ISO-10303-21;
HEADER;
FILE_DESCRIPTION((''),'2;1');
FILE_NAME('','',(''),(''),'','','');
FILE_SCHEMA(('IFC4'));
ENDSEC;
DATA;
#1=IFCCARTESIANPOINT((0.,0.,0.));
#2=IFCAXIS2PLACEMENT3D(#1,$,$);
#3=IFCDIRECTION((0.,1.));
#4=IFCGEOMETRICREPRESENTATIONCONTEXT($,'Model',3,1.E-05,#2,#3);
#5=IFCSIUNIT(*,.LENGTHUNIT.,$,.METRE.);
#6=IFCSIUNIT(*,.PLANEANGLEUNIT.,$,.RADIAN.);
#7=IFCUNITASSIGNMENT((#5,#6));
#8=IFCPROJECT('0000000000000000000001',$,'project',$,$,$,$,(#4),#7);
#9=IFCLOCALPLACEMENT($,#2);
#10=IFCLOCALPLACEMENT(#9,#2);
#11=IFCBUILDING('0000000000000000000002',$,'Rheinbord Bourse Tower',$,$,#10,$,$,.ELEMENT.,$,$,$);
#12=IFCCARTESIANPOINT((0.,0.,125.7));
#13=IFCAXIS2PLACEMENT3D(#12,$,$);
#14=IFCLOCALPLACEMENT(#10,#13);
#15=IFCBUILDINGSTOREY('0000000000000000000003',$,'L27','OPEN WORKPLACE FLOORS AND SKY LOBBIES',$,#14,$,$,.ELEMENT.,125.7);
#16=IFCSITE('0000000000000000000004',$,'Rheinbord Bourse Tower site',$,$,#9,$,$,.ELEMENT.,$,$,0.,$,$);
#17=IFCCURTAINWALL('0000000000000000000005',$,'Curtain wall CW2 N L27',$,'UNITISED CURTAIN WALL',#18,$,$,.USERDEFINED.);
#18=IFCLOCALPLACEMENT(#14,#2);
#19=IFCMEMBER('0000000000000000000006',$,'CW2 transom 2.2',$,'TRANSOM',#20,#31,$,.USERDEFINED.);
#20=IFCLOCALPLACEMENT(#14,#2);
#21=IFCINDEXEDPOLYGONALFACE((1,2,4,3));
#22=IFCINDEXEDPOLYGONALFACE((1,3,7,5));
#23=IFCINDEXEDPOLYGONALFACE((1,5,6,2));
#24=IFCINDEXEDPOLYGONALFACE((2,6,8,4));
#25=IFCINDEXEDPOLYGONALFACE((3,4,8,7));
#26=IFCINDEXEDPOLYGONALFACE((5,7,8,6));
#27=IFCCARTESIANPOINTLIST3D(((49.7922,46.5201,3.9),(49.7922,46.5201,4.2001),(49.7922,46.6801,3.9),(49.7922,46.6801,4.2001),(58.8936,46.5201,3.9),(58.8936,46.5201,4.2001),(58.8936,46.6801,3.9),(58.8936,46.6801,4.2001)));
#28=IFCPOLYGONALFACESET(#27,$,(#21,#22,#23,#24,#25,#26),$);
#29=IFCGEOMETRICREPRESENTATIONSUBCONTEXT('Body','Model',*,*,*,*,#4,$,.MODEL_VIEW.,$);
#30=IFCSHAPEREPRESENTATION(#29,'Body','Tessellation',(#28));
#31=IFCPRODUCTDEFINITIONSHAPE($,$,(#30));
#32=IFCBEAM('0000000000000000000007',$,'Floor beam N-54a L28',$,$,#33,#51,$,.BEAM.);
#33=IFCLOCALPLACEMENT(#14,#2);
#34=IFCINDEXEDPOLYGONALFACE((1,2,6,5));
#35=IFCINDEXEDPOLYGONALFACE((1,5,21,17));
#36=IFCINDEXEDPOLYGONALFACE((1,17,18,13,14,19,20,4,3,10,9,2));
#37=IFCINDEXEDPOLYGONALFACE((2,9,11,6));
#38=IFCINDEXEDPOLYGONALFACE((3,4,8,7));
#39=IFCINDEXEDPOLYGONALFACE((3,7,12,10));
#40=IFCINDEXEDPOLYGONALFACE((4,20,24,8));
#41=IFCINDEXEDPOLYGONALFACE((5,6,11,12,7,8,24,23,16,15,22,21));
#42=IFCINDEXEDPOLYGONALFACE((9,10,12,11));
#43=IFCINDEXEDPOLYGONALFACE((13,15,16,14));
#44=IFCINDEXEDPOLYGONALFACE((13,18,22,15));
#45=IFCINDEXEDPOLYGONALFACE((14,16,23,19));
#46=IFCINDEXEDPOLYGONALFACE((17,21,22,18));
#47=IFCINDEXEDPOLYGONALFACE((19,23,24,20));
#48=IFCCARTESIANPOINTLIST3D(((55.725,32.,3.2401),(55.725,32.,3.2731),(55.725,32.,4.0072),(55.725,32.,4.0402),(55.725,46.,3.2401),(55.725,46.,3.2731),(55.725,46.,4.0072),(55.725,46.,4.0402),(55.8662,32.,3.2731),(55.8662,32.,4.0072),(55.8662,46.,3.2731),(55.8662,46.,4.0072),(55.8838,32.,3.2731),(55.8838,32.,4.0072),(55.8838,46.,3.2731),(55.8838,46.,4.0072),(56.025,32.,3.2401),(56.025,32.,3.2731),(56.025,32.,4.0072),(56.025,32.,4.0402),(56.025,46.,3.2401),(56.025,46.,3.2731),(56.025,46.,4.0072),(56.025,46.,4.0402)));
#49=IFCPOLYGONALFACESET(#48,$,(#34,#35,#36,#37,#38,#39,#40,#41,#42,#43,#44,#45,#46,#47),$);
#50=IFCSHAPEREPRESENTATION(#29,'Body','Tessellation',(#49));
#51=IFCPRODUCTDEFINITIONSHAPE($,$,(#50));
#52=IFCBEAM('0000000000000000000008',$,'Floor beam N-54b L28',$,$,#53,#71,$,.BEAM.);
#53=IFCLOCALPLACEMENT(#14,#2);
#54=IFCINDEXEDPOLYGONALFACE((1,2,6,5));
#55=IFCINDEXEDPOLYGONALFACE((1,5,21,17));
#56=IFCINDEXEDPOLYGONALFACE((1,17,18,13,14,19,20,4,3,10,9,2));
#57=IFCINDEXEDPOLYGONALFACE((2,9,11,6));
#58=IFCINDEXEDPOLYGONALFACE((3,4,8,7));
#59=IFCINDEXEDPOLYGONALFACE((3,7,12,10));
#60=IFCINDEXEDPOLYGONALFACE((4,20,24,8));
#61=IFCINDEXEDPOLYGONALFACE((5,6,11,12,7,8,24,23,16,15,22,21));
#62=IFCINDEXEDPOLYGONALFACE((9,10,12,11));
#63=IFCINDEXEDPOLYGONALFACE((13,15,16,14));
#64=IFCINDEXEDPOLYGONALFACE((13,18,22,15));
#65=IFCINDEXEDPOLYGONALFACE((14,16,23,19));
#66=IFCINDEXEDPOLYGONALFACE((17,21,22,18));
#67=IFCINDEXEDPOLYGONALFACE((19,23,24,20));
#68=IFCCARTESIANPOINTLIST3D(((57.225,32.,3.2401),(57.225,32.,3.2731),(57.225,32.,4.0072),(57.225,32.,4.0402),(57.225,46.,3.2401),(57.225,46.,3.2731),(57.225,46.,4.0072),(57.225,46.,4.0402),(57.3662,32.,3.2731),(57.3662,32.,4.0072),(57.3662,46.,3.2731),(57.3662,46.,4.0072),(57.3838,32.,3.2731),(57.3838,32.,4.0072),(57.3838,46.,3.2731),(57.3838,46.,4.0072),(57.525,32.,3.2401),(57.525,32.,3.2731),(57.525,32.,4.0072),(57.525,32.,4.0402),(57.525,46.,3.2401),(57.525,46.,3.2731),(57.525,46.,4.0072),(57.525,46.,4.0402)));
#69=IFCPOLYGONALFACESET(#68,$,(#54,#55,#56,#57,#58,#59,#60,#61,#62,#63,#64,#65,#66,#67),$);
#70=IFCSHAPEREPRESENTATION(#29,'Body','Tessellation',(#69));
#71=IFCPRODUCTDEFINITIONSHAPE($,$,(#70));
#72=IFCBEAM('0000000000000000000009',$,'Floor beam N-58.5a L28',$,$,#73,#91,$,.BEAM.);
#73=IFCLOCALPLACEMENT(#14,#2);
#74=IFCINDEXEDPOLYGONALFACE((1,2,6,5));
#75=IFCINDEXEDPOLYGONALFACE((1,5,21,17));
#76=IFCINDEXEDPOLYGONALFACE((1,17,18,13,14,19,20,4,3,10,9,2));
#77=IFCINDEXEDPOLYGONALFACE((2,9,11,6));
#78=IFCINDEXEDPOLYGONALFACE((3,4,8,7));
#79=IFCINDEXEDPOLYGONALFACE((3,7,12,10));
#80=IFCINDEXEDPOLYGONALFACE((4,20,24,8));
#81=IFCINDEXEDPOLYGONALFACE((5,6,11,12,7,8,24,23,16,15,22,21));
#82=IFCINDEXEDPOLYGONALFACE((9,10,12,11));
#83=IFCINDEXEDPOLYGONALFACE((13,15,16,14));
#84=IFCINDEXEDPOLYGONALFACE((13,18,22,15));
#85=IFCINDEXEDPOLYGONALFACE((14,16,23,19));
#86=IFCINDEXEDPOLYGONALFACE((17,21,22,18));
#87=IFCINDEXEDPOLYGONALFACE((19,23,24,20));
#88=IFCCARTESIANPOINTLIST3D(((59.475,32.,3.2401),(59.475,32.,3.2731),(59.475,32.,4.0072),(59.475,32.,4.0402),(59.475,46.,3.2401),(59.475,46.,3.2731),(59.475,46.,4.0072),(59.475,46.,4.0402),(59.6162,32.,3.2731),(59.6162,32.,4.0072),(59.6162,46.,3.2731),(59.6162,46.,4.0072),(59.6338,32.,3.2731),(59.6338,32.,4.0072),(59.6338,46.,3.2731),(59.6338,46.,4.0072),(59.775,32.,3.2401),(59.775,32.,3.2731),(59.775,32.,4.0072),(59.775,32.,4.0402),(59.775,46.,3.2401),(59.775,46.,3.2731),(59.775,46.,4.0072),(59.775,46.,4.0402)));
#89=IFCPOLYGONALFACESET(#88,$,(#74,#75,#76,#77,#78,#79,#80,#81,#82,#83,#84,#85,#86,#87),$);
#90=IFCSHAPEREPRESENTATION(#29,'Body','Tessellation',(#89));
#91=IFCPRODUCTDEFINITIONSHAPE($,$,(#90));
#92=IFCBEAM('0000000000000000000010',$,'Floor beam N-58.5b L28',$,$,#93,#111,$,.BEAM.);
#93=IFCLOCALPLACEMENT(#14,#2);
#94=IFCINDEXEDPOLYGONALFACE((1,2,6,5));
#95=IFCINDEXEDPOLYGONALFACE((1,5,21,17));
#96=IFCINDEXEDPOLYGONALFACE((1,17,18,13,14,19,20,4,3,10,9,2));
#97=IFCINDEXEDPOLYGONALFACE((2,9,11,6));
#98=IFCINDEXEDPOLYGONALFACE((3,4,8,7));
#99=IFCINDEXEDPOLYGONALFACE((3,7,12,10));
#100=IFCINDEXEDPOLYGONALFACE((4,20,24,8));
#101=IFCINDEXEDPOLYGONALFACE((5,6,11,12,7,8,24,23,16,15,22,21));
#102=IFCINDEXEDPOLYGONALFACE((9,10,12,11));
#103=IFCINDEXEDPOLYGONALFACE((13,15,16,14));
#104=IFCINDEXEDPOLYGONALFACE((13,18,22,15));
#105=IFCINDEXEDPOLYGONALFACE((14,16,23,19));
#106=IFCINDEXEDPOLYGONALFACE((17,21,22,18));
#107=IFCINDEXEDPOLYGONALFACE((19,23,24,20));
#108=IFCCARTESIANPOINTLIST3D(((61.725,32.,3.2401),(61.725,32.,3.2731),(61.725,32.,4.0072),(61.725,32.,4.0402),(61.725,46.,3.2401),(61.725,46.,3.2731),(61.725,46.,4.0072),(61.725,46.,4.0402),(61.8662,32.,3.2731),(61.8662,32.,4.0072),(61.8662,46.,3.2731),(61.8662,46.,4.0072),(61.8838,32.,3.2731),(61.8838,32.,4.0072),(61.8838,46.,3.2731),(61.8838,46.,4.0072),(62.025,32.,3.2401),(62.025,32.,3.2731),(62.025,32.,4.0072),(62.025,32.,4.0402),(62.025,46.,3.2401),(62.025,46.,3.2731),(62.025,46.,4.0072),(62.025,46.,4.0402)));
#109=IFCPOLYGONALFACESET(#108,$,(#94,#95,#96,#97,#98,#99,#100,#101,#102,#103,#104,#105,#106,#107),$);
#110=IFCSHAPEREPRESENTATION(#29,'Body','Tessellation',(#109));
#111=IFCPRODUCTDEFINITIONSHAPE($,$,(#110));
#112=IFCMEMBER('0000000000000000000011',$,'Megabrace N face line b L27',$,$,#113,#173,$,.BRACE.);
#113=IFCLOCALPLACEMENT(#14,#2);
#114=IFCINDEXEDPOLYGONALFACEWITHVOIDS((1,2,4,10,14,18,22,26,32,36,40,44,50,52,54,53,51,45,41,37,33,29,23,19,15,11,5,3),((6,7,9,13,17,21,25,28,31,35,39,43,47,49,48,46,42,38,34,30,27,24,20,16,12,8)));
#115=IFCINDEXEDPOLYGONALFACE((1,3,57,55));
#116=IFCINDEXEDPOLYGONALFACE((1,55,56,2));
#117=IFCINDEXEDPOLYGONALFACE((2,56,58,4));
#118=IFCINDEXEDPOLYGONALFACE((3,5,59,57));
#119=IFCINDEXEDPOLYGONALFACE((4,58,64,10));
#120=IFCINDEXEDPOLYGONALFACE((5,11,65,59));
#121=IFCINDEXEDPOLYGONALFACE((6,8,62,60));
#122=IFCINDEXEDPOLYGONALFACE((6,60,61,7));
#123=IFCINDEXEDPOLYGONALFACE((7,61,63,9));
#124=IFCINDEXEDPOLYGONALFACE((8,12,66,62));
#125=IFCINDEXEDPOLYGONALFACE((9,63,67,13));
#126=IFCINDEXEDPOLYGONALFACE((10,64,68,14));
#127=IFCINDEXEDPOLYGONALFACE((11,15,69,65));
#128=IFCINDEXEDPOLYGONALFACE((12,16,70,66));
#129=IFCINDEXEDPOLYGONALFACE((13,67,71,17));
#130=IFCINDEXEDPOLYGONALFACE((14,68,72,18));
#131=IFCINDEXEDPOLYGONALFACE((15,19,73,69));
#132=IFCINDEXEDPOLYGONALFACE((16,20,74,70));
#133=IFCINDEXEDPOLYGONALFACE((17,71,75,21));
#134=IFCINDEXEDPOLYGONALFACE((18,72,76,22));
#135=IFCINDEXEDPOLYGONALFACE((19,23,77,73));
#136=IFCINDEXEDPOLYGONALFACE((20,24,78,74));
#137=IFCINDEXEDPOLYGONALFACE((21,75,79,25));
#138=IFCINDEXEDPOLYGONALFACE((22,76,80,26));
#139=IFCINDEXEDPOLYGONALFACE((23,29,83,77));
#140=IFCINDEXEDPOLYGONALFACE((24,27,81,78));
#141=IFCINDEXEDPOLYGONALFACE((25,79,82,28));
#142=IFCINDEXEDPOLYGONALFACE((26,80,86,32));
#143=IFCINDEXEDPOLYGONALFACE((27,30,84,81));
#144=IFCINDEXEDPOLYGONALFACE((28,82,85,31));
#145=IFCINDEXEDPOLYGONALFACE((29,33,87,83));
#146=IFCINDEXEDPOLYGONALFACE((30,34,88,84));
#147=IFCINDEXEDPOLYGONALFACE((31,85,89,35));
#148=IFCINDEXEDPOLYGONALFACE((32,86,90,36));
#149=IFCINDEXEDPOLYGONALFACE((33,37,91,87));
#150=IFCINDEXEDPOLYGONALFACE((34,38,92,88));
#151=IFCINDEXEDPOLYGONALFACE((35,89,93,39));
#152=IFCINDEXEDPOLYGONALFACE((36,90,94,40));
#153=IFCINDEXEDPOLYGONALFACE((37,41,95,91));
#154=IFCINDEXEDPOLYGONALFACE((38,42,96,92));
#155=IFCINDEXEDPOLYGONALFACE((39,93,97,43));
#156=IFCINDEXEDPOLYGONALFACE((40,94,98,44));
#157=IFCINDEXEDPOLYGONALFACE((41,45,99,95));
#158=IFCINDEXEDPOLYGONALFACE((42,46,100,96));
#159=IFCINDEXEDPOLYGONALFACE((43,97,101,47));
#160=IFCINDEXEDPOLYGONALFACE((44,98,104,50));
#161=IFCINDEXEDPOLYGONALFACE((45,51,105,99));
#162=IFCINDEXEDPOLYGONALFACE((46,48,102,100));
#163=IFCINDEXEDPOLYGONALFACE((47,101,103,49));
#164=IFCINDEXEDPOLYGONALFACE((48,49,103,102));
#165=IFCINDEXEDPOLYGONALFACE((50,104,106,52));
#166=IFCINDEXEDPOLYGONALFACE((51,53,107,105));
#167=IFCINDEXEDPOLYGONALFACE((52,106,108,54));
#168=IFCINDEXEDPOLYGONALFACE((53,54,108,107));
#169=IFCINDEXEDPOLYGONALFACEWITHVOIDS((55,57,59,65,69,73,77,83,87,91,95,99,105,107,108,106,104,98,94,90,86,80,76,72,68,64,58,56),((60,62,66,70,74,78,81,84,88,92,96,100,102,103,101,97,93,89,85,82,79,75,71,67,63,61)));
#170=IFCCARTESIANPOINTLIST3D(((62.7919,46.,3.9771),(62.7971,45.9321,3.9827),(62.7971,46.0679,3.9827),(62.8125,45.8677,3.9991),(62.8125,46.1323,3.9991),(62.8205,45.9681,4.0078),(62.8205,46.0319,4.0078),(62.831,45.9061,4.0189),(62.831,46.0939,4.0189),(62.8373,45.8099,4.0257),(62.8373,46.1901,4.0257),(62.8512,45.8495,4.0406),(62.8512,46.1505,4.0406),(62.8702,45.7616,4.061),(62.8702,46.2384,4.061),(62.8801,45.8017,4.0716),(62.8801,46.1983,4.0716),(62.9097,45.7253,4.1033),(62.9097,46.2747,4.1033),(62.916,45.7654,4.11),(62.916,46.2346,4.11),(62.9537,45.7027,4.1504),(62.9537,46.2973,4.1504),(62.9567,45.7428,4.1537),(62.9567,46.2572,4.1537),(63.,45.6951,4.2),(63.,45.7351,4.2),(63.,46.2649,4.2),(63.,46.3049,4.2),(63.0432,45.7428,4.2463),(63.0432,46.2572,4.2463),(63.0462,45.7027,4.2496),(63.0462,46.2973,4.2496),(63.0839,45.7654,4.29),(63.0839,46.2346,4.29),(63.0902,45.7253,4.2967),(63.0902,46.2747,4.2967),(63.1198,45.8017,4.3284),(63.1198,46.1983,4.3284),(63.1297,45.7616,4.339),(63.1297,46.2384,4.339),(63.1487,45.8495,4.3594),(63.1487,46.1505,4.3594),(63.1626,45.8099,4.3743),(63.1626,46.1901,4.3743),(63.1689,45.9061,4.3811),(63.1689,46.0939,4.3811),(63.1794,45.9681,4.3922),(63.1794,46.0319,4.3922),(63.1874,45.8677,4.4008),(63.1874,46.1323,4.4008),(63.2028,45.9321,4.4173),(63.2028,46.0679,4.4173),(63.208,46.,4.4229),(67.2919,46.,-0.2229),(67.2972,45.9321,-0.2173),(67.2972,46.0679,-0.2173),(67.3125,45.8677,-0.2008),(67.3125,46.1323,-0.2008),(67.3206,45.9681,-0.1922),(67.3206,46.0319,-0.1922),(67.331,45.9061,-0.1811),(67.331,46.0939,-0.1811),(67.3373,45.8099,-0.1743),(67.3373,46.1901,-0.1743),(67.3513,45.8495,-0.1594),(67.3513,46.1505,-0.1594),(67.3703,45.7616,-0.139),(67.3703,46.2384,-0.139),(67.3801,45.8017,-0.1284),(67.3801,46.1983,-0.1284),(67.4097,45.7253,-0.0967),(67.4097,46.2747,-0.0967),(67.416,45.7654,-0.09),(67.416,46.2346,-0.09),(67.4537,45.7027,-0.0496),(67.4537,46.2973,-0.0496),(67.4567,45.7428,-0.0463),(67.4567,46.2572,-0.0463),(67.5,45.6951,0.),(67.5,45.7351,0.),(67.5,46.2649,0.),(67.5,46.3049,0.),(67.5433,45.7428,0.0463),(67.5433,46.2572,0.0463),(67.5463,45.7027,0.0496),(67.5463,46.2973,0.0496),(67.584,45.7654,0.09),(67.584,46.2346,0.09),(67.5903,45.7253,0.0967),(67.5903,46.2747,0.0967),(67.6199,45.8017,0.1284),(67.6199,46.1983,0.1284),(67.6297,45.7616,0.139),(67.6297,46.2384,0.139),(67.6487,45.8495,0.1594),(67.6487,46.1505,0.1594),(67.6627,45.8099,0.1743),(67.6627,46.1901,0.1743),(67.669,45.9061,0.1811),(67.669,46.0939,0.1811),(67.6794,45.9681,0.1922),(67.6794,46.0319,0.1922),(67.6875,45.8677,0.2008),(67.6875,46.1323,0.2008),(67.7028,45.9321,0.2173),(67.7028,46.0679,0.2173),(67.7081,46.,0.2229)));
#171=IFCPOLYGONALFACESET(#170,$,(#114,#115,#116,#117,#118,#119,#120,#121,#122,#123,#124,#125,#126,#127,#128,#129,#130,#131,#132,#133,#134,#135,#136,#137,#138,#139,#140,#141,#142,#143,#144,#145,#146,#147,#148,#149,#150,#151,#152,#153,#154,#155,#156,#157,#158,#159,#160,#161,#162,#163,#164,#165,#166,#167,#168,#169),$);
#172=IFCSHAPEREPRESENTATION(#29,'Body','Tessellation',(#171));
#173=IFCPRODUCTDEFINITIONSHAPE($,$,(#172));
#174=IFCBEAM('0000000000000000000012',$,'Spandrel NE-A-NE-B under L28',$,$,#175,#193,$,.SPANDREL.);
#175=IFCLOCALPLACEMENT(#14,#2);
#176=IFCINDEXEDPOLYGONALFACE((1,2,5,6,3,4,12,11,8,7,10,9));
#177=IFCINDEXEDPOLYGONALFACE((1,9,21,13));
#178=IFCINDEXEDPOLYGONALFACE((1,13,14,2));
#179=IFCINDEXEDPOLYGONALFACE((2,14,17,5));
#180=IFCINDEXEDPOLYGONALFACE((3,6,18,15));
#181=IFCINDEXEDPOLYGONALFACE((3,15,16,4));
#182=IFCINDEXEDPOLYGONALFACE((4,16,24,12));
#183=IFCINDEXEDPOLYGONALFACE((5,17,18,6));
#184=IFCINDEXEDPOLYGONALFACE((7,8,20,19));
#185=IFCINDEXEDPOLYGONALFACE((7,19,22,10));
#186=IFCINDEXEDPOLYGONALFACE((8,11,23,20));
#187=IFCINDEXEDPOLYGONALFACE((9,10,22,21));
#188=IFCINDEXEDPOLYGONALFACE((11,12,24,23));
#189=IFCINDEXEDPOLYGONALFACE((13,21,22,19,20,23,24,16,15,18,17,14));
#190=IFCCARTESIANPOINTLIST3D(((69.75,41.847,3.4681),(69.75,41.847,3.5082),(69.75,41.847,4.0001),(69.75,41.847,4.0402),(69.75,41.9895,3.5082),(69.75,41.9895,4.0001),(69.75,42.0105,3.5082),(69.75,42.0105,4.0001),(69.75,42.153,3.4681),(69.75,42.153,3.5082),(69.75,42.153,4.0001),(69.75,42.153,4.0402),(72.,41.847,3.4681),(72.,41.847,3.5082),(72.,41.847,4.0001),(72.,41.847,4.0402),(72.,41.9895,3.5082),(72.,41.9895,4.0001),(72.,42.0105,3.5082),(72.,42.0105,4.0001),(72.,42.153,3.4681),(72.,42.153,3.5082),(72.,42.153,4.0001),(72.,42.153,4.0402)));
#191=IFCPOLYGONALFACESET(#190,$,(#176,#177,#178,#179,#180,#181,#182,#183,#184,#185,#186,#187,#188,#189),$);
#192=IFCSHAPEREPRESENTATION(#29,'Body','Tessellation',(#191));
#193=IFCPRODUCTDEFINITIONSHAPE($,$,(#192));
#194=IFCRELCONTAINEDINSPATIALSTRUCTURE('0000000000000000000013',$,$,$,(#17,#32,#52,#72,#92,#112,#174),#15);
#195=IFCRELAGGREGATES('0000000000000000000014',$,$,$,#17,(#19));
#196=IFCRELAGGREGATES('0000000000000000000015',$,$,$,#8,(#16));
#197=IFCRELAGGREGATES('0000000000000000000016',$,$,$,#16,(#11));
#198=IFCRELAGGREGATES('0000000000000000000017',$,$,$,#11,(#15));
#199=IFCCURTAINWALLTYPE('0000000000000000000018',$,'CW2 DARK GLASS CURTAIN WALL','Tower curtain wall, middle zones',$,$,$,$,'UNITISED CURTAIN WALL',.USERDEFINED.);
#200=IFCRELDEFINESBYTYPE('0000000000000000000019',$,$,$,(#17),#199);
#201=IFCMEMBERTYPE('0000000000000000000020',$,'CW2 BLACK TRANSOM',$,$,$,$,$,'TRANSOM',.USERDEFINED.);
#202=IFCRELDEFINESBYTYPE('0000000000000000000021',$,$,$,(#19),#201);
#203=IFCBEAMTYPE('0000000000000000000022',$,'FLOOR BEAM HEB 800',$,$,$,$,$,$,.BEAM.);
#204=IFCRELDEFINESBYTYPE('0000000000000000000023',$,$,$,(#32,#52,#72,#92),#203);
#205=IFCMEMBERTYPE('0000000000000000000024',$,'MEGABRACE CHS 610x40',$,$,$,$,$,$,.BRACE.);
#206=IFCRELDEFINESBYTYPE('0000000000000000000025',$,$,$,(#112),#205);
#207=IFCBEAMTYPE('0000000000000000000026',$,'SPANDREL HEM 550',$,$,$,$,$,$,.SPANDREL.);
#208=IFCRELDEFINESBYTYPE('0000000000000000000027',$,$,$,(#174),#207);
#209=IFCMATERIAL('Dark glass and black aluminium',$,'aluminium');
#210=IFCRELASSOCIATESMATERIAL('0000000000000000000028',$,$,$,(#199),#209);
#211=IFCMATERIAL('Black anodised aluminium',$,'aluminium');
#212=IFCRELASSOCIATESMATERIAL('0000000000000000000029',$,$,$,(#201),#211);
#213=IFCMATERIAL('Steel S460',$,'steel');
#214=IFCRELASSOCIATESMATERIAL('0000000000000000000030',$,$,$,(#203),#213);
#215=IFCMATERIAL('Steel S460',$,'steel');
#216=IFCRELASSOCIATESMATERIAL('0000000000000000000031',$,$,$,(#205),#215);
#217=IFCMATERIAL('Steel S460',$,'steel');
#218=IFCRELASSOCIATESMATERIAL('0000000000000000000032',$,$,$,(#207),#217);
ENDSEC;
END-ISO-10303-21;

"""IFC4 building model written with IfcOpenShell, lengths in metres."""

from ifc_helpers import new_model, si_unit, direction, frame, origin, origin_2d, place, context, subcontext, project, spatial, rectangle, hollow_circle, i_section, extrude, material, material_profile, profile_set, type_object, element, aggregate, save


model = new_model("IFC4")

# Units and contexts
model_context = context("Model", 3, precision=1e-05, world=origin(), true_north=direction((0.0, 1.0)))
body_context = subcontext(model_context, "Body", "Model", "MODEL_VIEW")
ifc_project = project(units=[si_unit("LENGTHUNIT", "METRE"), si_unit("PLANEANGLEUNIT", "RADIAN")], contexts=[model_context])

# Site, building, storey
site_placement = place(None, origin())
site = spatial("IfcSite", under=ifc_project, at=site_placement, Name="Rheinbord Bourse Tower site", CompositionType="ELEMENT", RefElevation=0.0)
building_placement = place(site_placement, origin())
building = spatial("IfcBuilding", under=site, at=building_placement, Name="Rheinbord Bourse Tower", CompositionType="ELEMENT")
storey_placement = place(building_placement, frame((0.0, 0.0, 125.7)))
storey = spatial("IfcBuildingStorey", under=building, at=storey_placement, Name="L27", Description="OPEN WORKPLACE FLOORS AND SKY LOBBIES", CompositionType="ELEMENT", Elevation=125.7)

# Curtain wall
ifc_material_1 = material(Name="Dark glass and black aluminium", Category="aluminium")
curtain_wall_type = type_object("IfcCurtainWallType", Name="CW2 DARK GLASS CURTAIN WALL", Description="Tower curtain wall, middle zones", ElementType="UNITISED CURTAIN WALL", PredefinedType="USERDEFINED", material=ifc_material_1)
curtain_wall_1_placement = place(storey_placement, origin())
curtain_wall_1 = element("IfcCurtainWall", 1, at=curtain_wall_1_placement, inside=storey, type_object=curtain_wall_type, Name="Curtain wall CW2 N L27", ObjectType="UNITISED CURTAIN WALL", PredefinedType="USERDEFINED")

# Member
ifc_material_2 = material(Name="Black anodised aluminium", Category="aluminium")
ifc_material_profile_1 = material_profile(ifc_material_2, rectangle(XDim=0.1599, YDim=0.3, at=origin_2d()), Name="CW2 TRANSOM 300x160")
ifc_profile_set_1 = profile_set([ifc_material_profile_1], Name="Black anodised aluminium")
member_type_1 = type_object("IfcMemberType", Name="CW2 BLACK TRANSOM", ElementType="TRANSOM", PredefinedType="USERDEFINED", material=ifc_profile_set_1)
member_1_placement = place(storey_placement, frame((58.8936, 46.6001, 4.05), z_axis=(-1.0, 0.0, 0.0), x_axis=(0.0, -1.0, 0.0)))
member_1 = element("IfcMember", 2, at=member_1_placement, type_object=member_type_1, Name="CW2 transom 2.2", ObjectType="TRANSOM", PredefinedType="USERDEFINED", context=body_context, shape_type="SweptSolid", body=[
    extrude(rectangle(XDim=0.1599, YDim=0.3, at=origin_2d()), origin(), (0.0, 0.0, 1.0), 9.1013),
])

# Beams
ifc_material_3 = material(Name="Steel S460", Category="steel")
ifc_material_profile_2 = material_profile(ifc_material_3, i_section(OverallWidth=0.3, OverallDepth=0.8, WebThickness=0.0176, FlangeThickness=0.033, at=origin_2d()), Name="HEB 800")
ifc_profile_set_2 = profile_set([ifc_material_profile_2], Name="Steel S460")
beam_type_1 = type_object("IfcBeamType", Name="FLOOR BEAM HEB 800", PredefinedType="BEAM", material=ifc_profile_set_2)
for number, where, z_axis, x_axis, name in (
    (3, (55.875, 46.0, 3.6401), (0.0, -1.0, 0.0), (1.0, 0.0, 0.0), "Floor beam N-54a L28"),
    (4, (57.375, 46.0, 3.6401), (0.0, -1.0, 0.0), (1.0, 0.0, 0.0), "Floor beam N-54b L28"),
    (5, (59.625, 46.0, 3.6401), (0.0, -1.0, 0.0), (1.0, 0.0, 0.0), "Floor beam N-58.5a L28"),
    (6, (61.875, 46.0, 3.6401), (0.0, -1.0, 0.0), (1.0, 0.0, 0.0), "Floor beam N-58.5b L28"),
):
    element("IfcBeam", number, at=place(storey_placement, frame(where, z_axis=z_axis, x_axis=x_axis)), inside=storey, type_object=beam_type_1, Name=name, PredefinedType="BEAM", context=body_context, shape_type="SweptSolid", body=[
        extrude(i_section(OverallWidth=0.3, OverallDepth=0.8, WebThickness=0.0176, FlangeThickness=0.033, at=origin_2d()), origin(), (0.0, 0.0, 1.0), 14.0),
    ])

# Member
ifc_material_4 = material(Name="Steel S460", Category="steel")
ifc_material_profile_3 = material_profile(ifc_material_4, hollow_circle(Radius=0.3049, WallThickness=0.04, at=origin_2d()), Name="CHS 610x40")
ifc_profile_set_3 = profile_set([ifc_material_profile_3], Name="Steel S460")
member_type_2 = type_object("IfcMemberType", Name="MEGABRACE CHS 610x40", PredefinedType="BRACE", material=ifc_profile_set_3)
member_2_placement = place(storey_placement, frame((67.5, 46.0, 0.0), z_axis=(-0.731059, 0.0, 0.682314), x_axis=(0.0, -1.0, 0.0)))
element("IfcMember", 7, at=member_2_placement, inside=storey, type_object=member_type_2, Name="Megabrace N face line b L27", PredefinedType="BRACE", context=body_context, shape_type="SweptSolid", body=[
    extrude(hollow_circle(Radius=0.3049, WallThickness=0.04, at=origin_2d()), origin(), (0.0, 0.0, 1.0), 6.1555),
])

# Beam
ifc_material_5 = material(Name="Steel S460", Category="steel")
ifc_material_profile_4 = material_profile(ifc_material_5, i_section(OverallWidth=0.3059, OverallDepth=0.572, WebThickness=0.021, FlangeThickness=0.04, at=origin_2d()), Name="HEM 550")
ifc_profile_set_4 = profile_set([ifc_material_profile_4], Name="Steel S460")
beam_type_2 = type_object("IfcBeamType", Name="SPANDREL HEM 550", PredefinedType="SPANDREL", material=ifc_profile_set_4)
beam_1_placement = place(storey_placement, frame((72.0, 42.0, 3.7542), z_axis=(-1.0, 0.0, 0.0), x_axis=(0.0, -1.0, 0.0)))
element("IfcBeam", 8, at=beam_1_placement, inside=storey, type_object=beam_type_2, Name="Spandrel NE-A-NE-B under L28", PredefinedType="SPANDREL", context=body_context, shape_type="SweptSolid", body=[
    extrude(i_section(OverallWidth=0.3059, OverallDepth=0.572, WebThickness=0.021, FlangeThickness=0.04, at=origin_2d()), origin(), (0.0, 0.0, 1.0), 2.25),
])

aggregate(curtain_wall_1, [member_1])

save(model, "model.ifc")
